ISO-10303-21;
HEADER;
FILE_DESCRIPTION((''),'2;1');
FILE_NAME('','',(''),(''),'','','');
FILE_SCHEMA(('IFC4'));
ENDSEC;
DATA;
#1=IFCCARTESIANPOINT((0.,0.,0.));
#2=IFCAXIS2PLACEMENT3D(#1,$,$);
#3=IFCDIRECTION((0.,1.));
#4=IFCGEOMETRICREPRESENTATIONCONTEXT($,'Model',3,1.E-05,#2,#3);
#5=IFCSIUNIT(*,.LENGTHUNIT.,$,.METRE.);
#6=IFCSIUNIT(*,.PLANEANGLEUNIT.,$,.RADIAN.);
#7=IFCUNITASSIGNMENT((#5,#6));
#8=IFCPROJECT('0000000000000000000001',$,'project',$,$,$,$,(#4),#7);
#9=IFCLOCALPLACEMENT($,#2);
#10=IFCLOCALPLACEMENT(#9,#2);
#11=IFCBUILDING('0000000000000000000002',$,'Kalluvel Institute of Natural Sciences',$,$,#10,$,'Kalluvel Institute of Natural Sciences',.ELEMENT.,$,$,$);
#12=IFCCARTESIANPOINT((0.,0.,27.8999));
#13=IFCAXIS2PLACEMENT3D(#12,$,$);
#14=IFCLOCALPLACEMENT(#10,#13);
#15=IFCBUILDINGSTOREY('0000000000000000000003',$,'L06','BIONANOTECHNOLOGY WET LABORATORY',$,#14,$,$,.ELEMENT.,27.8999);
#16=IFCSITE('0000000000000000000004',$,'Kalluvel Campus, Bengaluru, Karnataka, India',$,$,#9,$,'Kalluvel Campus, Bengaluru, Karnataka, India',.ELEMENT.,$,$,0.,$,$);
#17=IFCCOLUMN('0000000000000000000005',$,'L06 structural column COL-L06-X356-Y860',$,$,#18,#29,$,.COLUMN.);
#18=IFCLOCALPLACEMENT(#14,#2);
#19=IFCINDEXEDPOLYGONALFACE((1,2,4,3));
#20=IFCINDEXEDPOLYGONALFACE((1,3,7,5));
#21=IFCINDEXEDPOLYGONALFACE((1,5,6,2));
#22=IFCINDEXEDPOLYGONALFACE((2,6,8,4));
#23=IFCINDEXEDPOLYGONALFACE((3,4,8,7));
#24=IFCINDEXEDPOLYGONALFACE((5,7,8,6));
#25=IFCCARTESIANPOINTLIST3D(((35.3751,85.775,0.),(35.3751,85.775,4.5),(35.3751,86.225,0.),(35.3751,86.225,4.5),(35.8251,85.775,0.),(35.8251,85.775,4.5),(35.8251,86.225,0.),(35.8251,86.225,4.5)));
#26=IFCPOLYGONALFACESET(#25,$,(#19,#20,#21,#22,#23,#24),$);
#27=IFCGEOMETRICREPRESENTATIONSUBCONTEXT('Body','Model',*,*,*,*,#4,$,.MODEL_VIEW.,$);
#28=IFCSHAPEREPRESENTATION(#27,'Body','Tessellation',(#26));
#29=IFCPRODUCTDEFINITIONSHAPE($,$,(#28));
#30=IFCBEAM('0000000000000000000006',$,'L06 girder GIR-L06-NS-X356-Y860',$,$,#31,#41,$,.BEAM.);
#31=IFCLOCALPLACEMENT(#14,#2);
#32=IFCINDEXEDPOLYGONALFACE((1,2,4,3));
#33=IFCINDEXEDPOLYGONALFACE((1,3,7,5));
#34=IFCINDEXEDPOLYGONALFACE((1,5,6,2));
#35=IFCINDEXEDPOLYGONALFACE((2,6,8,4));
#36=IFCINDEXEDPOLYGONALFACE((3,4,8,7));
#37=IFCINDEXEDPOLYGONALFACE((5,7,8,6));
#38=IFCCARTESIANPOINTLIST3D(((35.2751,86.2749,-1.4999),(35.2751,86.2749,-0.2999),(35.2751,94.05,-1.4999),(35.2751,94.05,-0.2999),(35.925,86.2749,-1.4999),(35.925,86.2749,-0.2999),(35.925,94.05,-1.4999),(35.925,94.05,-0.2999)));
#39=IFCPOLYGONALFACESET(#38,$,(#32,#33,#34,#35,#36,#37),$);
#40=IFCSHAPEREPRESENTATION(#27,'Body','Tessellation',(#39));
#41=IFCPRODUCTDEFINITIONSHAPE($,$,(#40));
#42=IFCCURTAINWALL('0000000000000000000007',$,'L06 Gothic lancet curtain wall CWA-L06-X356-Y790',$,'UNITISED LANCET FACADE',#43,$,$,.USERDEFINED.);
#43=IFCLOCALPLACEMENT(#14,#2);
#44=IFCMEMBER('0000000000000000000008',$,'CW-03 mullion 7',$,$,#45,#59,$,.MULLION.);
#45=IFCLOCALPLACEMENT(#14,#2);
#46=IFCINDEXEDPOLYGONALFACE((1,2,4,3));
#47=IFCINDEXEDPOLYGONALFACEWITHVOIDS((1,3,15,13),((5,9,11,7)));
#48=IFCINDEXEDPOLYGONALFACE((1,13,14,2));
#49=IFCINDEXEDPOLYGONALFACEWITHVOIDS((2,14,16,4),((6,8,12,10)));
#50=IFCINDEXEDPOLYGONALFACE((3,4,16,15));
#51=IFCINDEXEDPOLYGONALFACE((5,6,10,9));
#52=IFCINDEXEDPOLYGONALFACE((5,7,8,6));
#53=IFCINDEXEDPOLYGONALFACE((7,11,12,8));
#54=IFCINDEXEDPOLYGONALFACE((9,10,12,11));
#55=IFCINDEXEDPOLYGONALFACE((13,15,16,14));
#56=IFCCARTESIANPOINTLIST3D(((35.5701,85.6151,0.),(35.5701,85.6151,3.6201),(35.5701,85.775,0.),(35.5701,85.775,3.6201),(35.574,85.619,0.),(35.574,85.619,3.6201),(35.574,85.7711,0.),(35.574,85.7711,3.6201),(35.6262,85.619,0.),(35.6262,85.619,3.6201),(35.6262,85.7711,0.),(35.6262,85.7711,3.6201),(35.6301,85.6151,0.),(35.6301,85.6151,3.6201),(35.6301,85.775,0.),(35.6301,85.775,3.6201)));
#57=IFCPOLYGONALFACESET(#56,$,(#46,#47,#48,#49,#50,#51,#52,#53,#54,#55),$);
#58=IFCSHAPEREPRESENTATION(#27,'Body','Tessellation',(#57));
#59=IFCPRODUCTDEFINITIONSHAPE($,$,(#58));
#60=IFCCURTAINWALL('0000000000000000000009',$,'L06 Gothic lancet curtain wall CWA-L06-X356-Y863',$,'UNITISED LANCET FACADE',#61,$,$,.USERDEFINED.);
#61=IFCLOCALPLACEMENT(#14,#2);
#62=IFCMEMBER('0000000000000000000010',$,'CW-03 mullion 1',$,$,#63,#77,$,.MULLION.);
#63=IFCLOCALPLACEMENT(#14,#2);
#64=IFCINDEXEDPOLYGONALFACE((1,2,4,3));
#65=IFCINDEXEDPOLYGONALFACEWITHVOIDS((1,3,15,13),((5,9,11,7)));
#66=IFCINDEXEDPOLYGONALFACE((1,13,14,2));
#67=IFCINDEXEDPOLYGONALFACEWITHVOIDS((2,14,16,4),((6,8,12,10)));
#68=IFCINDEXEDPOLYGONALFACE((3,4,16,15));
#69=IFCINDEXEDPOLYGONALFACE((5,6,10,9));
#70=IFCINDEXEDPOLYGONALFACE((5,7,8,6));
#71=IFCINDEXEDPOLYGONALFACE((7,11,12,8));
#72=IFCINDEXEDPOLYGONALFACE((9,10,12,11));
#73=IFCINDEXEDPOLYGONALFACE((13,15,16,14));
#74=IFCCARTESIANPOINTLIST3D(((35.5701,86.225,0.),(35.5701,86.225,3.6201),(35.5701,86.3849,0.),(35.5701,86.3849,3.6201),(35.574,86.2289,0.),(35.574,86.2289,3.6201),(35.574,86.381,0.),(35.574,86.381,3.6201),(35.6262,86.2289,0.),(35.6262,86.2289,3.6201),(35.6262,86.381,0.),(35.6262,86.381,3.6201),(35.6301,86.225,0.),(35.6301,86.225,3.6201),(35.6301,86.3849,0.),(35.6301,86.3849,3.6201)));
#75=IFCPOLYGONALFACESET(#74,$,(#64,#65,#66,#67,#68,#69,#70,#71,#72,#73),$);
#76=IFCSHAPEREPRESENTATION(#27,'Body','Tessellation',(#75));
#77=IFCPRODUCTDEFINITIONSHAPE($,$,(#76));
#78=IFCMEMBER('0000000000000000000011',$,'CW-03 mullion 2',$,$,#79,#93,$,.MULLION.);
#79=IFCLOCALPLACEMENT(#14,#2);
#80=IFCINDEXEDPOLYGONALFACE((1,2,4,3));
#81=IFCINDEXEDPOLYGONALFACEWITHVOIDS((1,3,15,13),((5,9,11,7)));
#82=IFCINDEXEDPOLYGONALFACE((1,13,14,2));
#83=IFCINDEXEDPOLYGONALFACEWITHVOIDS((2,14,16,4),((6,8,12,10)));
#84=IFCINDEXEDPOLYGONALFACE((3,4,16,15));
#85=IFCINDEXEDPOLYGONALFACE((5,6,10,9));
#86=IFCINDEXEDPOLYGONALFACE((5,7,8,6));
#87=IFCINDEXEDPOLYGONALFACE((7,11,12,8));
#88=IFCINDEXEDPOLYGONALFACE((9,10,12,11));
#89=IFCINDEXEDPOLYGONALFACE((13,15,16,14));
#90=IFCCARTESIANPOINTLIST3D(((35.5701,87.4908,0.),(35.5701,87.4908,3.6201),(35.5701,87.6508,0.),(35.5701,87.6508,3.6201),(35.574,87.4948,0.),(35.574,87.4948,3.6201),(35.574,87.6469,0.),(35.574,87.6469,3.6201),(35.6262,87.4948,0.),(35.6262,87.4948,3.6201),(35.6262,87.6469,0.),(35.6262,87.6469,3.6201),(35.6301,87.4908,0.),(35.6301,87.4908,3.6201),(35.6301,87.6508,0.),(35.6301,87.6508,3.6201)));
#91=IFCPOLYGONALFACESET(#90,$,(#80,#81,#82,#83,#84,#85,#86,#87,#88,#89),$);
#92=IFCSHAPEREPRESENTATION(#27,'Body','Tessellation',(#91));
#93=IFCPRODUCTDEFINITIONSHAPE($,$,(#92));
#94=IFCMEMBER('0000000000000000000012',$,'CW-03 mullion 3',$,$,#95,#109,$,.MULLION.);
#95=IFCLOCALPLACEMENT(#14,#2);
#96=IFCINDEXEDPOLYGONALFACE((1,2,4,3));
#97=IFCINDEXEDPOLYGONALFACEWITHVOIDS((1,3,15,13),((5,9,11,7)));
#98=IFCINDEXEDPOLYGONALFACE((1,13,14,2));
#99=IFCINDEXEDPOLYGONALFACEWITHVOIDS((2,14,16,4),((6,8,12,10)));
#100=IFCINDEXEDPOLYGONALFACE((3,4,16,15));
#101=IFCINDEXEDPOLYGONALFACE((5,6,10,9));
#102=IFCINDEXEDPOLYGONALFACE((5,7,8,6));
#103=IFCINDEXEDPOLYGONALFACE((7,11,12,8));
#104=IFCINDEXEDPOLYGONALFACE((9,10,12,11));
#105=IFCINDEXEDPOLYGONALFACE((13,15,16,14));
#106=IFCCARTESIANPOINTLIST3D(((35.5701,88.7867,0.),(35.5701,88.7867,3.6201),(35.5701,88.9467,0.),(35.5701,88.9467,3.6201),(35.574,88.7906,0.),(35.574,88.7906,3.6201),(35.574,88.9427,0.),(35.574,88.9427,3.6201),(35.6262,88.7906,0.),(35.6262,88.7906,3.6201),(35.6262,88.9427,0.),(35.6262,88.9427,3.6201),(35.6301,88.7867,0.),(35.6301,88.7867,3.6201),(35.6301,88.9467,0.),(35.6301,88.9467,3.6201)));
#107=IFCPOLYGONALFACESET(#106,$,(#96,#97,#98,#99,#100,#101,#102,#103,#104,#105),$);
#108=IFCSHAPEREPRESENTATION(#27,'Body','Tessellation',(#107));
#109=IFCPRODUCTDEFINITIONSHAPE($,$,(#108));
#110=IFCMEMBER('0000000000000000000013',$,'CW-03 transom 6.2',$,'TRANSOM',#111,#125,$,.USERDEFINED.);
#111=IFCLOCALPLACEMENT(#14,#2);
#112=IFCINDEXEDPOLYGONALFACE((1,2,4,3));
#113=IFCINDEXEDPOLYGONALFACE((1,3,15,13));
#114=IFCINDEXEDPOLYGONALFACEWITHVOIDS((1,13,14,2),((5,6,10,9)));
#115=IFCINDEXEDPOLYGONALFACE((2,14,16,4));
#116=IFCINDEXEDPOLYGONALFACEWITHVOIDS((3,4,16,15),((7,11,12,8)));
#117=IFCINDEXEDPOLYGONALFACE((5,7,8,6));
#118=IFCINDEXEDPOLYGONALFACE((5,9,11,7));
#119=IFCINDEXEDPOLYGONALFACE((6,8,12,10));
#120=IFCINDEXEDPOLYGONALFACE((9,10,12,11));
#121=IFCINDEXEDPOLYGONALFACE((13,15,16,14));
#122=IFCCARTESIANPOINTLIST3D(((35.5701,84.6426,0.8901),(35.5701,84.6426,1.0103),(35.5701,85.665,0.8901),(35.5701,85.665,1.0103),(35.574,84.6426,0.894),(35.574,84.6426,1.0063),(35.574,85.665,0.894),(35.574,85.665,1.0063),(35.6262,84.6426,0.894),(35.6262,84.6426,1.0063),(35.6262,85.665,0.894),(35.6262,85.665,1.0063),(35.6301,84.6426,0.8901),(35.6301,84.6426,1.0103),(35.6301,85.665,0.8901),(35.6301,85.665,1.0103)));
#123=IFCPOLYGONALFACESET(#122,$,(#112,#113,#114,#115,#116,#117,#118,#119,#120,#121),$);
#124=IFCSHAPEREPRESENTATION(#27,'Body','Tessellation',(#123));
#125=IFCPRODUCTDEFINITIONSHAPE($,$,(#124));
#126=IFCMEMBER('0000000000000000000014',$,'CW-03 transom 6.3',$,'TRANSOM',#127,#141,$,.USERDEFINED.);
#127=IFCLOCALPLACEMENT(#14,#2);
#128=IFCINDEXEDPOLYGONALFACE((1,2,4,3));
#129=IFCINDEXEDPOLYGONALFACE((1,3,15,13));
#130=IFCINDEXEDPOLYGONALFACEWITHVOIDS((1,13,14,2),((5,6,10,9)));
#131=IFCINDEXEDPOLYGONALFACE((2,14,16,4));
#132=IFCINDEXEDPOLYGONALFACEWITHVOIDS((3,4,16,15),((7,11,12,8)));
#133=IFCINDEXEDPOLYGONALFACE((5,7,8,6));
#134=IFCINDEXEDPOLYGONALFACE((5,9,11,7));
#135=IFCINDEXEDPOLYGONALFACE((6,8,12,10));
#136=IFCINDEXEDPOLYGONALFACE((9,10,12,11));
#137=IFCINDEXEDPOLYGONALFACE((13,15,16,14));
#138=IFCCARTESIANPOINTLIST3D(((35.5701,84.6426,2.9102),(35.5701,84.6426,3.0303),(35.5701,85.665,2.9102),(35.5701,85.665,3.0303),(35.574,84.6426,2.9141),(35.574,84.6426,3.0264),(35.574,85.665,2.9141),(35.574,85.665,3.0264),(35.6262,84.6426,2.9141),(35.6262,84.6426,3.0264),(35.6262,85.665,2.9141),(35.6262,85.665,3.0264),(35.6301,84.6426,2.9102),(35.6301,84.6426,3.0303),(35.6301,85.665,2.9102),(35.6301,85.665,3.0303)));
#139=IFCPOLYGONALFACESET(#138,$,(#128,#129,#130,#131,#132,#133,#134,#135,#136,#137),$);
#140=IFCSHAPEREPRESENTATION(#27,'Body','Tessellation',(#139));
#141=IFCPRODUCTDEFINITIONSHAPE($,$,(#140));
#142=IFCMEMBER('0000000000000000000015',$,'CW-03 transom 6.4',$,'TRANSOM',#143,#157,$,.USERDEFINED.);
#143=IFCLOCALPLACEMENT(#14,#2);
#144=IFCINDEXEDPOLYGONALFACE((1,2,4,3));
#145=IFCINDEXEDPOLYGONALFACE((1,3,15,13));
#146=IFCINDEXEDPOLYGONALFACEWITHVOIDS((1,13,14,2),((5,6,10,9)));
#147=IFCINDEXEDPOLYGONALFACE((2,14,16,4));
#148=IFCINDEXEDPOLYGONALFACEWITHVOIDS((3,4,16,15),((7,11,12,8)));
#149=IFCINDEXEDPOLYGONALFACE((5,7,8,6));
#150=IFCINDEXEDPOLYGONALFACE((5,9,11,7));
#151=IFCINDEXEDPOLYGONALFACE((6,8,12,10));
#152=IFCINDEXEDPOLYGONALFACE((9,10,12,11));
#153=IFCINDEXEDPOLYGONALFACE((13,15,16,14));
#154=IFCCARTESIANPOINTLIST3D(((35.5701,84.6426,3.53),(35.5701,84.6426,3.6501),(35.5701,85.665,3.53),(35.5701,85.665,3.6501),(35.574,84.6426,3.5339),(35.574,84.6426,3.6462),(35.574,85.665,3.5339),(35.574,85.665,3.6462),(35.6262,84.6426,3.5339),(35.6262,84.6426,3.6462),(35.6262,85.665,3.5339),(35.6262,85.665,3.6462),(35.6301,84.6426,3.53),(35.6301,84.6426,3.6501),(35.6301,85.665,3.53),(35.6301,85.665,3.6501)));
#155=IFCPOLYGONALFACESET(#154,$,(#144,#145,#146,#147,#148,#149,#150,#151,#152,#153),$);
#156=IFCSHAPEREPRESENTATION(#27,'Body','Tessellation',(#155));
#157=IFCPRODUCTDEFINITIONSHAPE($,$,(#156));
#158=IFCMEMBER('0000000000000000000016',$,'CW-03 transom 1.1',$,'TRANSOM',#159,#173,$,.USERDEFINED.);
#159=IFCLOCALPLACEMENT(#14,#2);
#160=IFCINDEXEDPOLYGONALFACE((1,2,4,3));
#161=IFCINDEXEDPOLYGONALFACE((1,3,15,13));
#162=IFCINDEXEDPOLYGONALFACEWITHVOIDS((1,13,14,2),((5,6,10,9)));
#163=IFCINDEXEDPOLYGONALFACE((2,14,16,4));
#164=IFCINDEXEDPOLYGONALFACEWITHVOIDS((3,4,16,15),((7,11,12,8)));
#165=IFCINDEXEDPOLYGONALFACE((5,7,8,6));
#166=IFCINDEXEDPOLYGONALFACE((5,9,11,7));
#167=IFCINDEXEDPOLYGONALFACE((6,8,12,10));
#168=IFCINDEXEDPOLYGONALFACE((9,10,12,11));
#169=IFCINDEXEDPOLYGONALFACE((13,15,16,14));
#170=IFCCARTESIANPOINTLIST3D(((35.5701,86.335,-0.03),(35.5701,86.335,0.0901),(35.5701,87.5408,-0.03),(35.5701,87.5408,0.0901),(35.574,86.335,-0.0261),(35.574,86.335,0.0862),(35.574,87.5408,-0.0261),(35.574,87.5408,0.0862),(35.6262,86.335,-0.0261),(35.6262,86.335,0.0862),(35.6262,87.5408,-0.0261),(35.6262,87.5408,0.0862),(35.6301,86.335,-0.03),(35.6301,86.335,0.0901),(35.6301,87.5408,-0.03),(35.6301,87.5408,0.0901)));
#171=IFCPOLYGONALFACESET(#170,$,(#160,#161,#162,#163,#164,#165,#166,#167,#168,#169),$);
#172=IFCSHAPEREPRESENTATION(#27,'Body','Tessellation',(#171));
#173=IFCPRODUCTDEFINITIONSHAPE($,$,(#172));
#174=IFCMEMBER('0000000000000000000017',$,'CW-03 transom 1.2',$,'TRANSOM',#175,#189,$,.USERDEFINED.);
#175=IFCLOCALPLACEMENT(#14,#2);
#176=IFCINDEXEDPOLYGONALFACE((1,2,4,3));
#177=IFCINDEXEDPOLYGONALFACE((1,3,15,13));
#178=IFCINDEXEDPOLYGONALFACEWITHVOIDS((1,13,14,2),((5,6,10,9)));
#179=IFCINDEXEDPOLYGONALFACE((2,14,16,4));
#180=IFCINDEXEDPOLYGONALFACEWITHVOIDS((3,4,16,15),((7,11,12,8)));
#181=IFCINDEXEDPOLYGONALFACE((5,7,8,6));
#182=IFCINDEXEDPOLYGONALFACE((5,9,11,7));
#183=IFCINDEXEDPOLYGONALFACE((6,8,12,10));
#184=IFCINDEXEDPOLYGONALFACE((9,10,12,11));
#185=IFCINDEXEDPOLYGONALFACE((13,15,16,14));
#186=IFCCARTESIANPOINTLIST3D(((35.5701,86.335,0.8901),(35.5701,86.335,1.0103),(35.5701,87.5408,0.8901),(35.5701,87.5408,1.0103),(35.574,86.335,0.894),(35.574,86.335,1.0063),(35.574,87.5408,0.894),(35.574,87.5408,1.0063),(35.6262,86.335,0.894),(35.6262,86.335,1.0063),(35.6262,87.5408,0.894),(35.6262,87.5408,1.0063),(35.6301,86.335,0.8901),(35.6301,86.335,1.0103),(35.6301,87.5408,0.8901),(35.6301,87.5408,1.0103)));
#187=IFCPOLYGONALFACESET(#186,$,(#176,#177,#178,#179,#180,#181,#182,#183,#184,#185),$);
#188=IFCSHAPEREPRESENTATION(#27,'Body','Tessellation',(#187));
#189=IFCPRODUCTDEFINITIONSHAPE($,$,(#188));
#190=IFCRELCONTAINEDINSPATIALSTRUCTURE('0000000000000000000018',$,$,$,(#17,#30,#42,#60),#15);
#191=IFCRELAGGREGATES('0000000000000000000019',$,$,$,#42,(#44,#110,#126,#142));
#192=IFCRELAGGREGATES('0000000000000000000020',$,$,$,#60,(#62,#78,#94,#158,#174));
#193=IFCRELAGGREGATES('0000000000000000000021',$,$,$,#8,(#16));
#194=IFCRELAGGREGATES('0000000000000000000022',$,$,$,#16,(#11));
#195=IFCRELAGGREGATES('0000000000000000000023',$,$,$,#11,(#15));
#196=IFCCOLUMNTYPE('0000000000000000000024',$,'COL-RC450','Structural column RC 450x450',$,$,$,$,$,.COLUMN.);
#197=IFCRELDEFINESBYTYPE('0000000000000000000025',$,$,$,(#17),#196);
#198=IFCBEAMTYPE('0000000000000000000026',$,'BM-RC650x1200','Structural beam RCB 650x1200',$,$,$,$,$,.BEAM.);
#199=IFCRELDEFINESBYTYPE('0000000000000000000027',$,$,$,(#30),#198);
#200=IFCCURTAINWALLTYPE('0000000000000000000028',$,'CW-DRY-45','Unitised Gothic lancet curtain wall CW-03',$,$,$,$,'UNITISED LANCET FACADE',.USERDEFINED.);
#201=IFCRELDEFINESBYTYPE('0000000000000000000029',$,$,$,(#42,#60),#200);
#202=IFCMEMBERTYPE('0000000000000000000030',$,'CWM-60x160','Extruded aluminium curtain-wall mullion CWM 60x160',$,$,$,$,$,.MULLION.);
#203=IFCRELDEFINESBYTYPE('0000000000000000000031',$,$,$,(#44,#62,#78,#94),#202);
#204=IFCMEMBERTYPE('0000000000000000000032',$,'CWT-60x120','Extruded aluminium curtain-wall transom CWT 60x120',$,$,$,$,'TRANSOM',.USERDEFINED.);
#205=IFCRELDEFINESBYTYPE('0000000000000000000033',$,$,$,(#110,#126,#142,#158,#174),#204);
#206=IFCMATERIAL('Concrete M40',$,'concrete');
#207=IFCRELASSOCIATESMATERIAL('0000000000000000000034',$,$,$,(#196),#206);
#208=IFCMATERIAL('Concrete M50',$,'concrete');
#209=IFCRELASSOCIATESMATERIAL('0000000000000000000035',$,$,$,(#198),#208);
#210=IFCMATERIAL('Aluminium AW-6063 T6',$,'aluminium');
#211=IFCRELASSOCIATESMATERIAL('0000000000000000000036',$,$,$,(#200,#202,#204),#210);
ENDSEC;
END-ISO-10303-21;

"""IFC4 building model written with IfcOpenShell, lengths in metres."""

from ifc_helpers import new_model, si_unit, direction, frame, origin, origin_2d, place, context, subcontext, project, spatial, rectangle, hollow_rectangle, extrude, material, material_profile, profile_set, type_object, element, aggregate, save


model = new_model("IFC4")

# Units and contexts
model_context = context("Model", 3, precision=1e-05, world=origin(), true_north=direction((0.0, 1.0)))
body_context = subcontext(model_context, "Body", "Model", "MODEL_VIEW")
ifc_project = project(units=[si_unit("LENGTHUNIT", "METRE"), si_unit("PLANEANGLEUNIT", "RADIAN")], contexts=[model_context])

# Site, building, storey
site_placement = place(None, origin())
site = spatial("IfcSite", under=ifc_project, at=site_placement, Name="Kalluvel Campus, Bengaluru, Karnataka, India", LongName="Kalluvel Campus, Bengaluru, Karnataka, India", CompositionType="ELEMENT", RefElevation=0.0)
building_placement = place(site_placement, origin())
building = spatial("IfcBuilding", under=site, at=building_placement, Name="Kalluvel Institute of Natural Sciences", LongName="Kalluvel Institute of Natural Sciences", CompositionType="ELEMENT")
storey_placement = place(building_placement, frame((0.0, 0.0, 27.8999)))
storey = spatial("IfcBuildingStorey", under=building, at=storey_placement, Name="L06", Description="BIONANOTECHNOLOGY WET LABORATORY", CompositionType="ELEMENT", Elevation=27.8999)

# Column
ifc_material_1 = material(Name="Concrete M40", Category="concrete")
ifc_material_profile_1 = material_profile(ifc_material_1, rectangle(XDim=0.45, YDim=0.45, at=origin_2d()), Name="RC 450x450")
ifc_profile_set_1 = profile_set([ifc_material_profile_1], Name="Concrete M40")
column_type = type_object("IfcColumnType", Name="COL-RC450", Description="Structural column RC 450x450", PredefinedType="COLUMN", material=ifc_profile_set_1)
column_placement = place(storey_placement, frame((35.6001, 86.0, 0.0), z_axis=(0.0, 0.0, 1.0), x_axis=(1.0, 0.0, 0.0)))
element("IfcColumn", 1, at=column_placement, inside=storey, type_object=column_type, Name="L06 structural column COL-L06-X356-Y860", PredefinedType="COLUMN", context=body_context, shape_type="SweptSolid", body=[
    extrude(rectangle(XDim=0.45, YDim=0.45, at=origin_2d()), origin(), (0.0, 0.0, 1.0), 4.5),
])

# Beam
ifc_material_2 = material(Name="Concrete M50", Category="concrete")
ifc_material_profile_2 = material_profile(ifc_material_2, rectangle(XDim=0.6499, YDim=1.2, at=origin_2d()), Name="RCB 650x1200")
ifc_profile_set_2 = profile_set([ifc_material_profile_2], Name="Concrete M50")
beam_type = type_object("IfcBeamType", Name="BM-RC650x1200", Description="Structural beam RCB 650x1200", PredefinedType="BEAM", material=ifc_profile_set_2)
beam_placement = place(storey_placement, frame((35.6001, 86.2749, -0.8999), z_axis=(0.0, 1.0, 0.0), x_axis=(-1.0, 0.0, 0.0)))
element("IfcBeam", 2, at=beam_placement, inside=storey, type_object=beam_type, Name="L06 girder GIR-L06-NS-X356-Y860", PredefinedType="BEAM", context=body_context, shape_type="SweptSolid", body=[
    extrude(rectangle(XDim=0.6499, YDim=1.2, at=origin_2d()), origin(), (0.0, 0.0, 1.0), 7.7751),
])

# Curtain wall, member
ifc_material_3 = material(Name="Aluminium AW-6063 T6", Category="aluminium")
curtain_wall_type = type_object("IfcCurtainWallType", Name="CW-DRY-45", Description="Unitised Gothic lancet curtain wall CW-03", ElementType="UNITISED LANCET FACADE", PredefinedType="USERDEFINED", material=ifc_material_3)
curtain_wall_1_placement = place(storey_placement, origin())
curtain_wall_1 = element("IfcCurtainWall", 3, at=curtain_wall_1_placement, inside=storey, type_object=curtain_wall_type, Name="L06 Gothic lancet curtain wall CWA-L06-X356-Y790", ObjectType="UNITISED LANCET FACADE", PredefinedType="USERDEFINED")
ifc_material_profile_3 = material_profile(ifc_material_3, hollow_rectangle(XDim=0.0601, YDim=0.1599, WallThickness=0.0039, at=origin_2d()), Name="CWM 60x160")
ifc_profile_set_3 = profile_set([ifc_material_profile_3], Name="Aluminium AW-6063 T6")
member_type_1 = type_object("IfcMemberType", Name="CWM-60x160", Description="Extruded aluminium curtain-wall mullion CWM 60x160", PredefinedType="MULLION", material=ifc_profile_set_3)
member_1_placement = place(storey_placement, frame((35.6001, 85.6951, 0.0), z_axis=(0.0, 0.0, 1.0), x_axis=(-1.0, 0.0, 0.0)))
member_1 = element("IfcMember", 4, at=member_1_placement, type_object=member_type_1, Name="CW-03 mullion 7", PredefinedType="MULLION", context=body_context, shape_type="SweptSolid", body=[
    extrude(hollow_rectangle(XDim=0.0601, YDim=0.1599, WallThickness=0.0039, at=origin_2d()), origin(), (0.0, 0.0, 1.0), 3.6201),
])

# Curtain wall, members
curtain_wall_2_placement = place(storey_placement, origin())
curtain_wall_2 = element("IfcCurtainWall", 5, at=curtain_wall_2_placement, inside=storey, type_object=curtain_wall_type, Name="L06 Gothic lancet curtain wall CWA-L06-X356-Y863", ObjectType="UNITISED LANCET FACADE", PredefinedType="USERDEFINED")
member_2_placement = place(storey_placement, frame((35.6001, 86.3049, 0.0), z_axis=(0.0, 0.0, 1.0), x_axis=(-1.0, 0.0, 0.0)))
member_2 = element("IfcMember", 6, at=member_2_placement, type_object=member_type_1, Name="CW-03 mullion 1", PredefinedType="MULLION", context=body_context, shape_type="SweptSolid", body=[
    extrude(hollow_rectangle(XDim=0.0601, YDim=0.1599, WallThickness=0.0039, at=origin_2d()), origin(), (0.0, 0.0, 1.0), 3.6201),
])
member_3_placement = place(storey_placement, frame((35.6001, 87.5708, 0.0), z_axis=(0.0, 0.0, 1.0), x_axis=(-1.0, 0.0, 0.0)))
member_3 = element("IfcMember", 7, at=member_3_placement, type_object=member_type_1, Name="CW-03 mullion 2", PredefinedType="MULLION", context=body_context, shape_type="SweptSolid", body=[
    extrude(hollow_rectangle(XDim=0.0601, YDim=0.1599, WallThickness=0.0039, at=origin_2d()), origin(), (0.0, 0.0, 1.0), 3.6201),
])
member_4_placement = place(storey_placement, frame((35.6001, 88.8667, 0.0), z_axis=(0.0, 0.0, 1.0), x_axis=(-1.0, 0.0, 0.0)))
member_4 = element("IfcMember", 8, at=member_4_placement, type_object=member_type_1, Name="CW-03 mullion 3", PredefinedType="MULLION", context=body_context, shape_type="SweptSolid", body=[
    extrude(hollow_rectangle(XDim=0.0601, YDim=0.1599, WallThickness=0.0039, at=origin_2d()), origin(), (0.0, 0.0, 1.0), 3.6201),
])

# Members
ifc_material_profile_4 = material_profile(ifc_material_3, hollow_rectangle(XDim=0.0601, YDim=0.1201, WallThickness=0.0039, at=origin_2d()), Name="CWT 60x120")
ifc_profile_set_4 = profile_set([ifc_material_profile_4], Name="Aluminium AW-6063 T6")
member_type_2 = type_object("IfcMemberType", Name="CWT-60x120", Description="Extruded aluminium curtain-wall transom CWT 60x120", ElementType="TRANSOM", PredefinedType="USERDEFINED", material=ifc_profile_set_4)
member_5_placement = place(storey_placement, frame((35.6001, 84.6426, 0.9502), z_axis=(0.0, 1.0, 0.0), x_axis=(-1.0, 0.0, 0.0)))
member_5 = element("IfcMember", 9, at=member_5_placement, type_object=member_type_2, Name="CW-03 transom 6.2", ObjectType="TRANSOM", PredefinedType="USERDEFINED", context=body_context, shape_type="SweptSolid", body=[
    extrude(hollow_rectangle(XDim=0.0601, YDim=0.1201, WallThickness=0.0039, at=origin_2d()), origin(), (0.0, 0.0, 1.0), 1.0225),
])
member_6_placement = place(storey_placement, frame((35.6001, 84.6426, 2.9702), z_axis=(0.0, 1.0, 0.0), x_axis=(-1.0, 0.0, 0.0)))
member_6 = element("IfcMember", 10, at=member_6_placement, type_object=member_type_2, Name="CW-03 transom 6.3", ObjectType="TRANSOM", PredefinedType="USERDEFINED", context=body_context, shape_type="SweptSolid", body=[
    extrude(hollow_rectangle(XDim=0.0601, YDim=0.1201, WallThickness=0.0039, at=origin_2d()), origin(), (0.0, 0.0, 1.0), 1.0225),
])
member_7_placement = place(storey_placement, frame((35.6001, 84.6426, 3.5901), z_axis=(0.0, 1.0, 0.0), x_axis=(-1.0, 0.0, 0.0)))
member_7 = element("IfcMember", 11, at=member_7_placement, type_object=member_type_2, Name="CW-03 transom 6.4", ObjectType="TRANSOM", PredefinedType="USERDEFINED", context=body_context, shape_type="SweptSolid", body=[
    extrude(hollow_rectangle(XDim=0.0601, YDim=0.1201, WallThickness=0.0039, at=origin_2d()), origin(), (0.0, 0.0, 1.0), 1.0225),
])
member_8_placement = place(storey_placement, frame((35.6001, 86.335, 0.03), z_axis=(0.0, 1.0, 0.0), x_axis=(-1.0, 0.0, 0.0)))
member_8 = element("IfcMember", 12, at=member_8_placement, type_object=member_type_2, Name="CW-03 transom 1.1", ObjectType="TRANSOM", PredefinedType="USERDEFINED", context=body_context, shape_type="SweptSolid", body=[
    extrude(hollow_rectangle(XDim=0.0601, YDim=0.1201, WallThickness=0.0039, at=origin_2d()), origin(), (0.0, 0.0, 1.0), 1.2058),
])
member_9_placement = place(storey_placement, frame((35.6001, 86.335, 0.9502), z_axis=(0.0, 1.0, 0.0), x_axis=(-1.0, 0.0, 0.0)))
member_9 = element("IfcMember", 13, at=member_9_placement, type_object=member_type_2, Name="CW-03 transom 1.2", ObjectType="TRANSOM", PredefinedType="USERDEFINED", context=body_context, shape_type="SweptSolid", body=[
    extrude(hollow_rectangle(XDim=0.0601, YDim=0.1201, WallThickness=0.0039, at=origin_2d()), origin(), (0.0, 0.0, 1.0), 1.2058),
])

aggregate(curtain_wall_1, [member_1, member_5, member_6, member_7])
aggregate(curtain_wall_2, [member_2, member_3, member_4, member_8, member_9])

save(model, "model.ifc")
